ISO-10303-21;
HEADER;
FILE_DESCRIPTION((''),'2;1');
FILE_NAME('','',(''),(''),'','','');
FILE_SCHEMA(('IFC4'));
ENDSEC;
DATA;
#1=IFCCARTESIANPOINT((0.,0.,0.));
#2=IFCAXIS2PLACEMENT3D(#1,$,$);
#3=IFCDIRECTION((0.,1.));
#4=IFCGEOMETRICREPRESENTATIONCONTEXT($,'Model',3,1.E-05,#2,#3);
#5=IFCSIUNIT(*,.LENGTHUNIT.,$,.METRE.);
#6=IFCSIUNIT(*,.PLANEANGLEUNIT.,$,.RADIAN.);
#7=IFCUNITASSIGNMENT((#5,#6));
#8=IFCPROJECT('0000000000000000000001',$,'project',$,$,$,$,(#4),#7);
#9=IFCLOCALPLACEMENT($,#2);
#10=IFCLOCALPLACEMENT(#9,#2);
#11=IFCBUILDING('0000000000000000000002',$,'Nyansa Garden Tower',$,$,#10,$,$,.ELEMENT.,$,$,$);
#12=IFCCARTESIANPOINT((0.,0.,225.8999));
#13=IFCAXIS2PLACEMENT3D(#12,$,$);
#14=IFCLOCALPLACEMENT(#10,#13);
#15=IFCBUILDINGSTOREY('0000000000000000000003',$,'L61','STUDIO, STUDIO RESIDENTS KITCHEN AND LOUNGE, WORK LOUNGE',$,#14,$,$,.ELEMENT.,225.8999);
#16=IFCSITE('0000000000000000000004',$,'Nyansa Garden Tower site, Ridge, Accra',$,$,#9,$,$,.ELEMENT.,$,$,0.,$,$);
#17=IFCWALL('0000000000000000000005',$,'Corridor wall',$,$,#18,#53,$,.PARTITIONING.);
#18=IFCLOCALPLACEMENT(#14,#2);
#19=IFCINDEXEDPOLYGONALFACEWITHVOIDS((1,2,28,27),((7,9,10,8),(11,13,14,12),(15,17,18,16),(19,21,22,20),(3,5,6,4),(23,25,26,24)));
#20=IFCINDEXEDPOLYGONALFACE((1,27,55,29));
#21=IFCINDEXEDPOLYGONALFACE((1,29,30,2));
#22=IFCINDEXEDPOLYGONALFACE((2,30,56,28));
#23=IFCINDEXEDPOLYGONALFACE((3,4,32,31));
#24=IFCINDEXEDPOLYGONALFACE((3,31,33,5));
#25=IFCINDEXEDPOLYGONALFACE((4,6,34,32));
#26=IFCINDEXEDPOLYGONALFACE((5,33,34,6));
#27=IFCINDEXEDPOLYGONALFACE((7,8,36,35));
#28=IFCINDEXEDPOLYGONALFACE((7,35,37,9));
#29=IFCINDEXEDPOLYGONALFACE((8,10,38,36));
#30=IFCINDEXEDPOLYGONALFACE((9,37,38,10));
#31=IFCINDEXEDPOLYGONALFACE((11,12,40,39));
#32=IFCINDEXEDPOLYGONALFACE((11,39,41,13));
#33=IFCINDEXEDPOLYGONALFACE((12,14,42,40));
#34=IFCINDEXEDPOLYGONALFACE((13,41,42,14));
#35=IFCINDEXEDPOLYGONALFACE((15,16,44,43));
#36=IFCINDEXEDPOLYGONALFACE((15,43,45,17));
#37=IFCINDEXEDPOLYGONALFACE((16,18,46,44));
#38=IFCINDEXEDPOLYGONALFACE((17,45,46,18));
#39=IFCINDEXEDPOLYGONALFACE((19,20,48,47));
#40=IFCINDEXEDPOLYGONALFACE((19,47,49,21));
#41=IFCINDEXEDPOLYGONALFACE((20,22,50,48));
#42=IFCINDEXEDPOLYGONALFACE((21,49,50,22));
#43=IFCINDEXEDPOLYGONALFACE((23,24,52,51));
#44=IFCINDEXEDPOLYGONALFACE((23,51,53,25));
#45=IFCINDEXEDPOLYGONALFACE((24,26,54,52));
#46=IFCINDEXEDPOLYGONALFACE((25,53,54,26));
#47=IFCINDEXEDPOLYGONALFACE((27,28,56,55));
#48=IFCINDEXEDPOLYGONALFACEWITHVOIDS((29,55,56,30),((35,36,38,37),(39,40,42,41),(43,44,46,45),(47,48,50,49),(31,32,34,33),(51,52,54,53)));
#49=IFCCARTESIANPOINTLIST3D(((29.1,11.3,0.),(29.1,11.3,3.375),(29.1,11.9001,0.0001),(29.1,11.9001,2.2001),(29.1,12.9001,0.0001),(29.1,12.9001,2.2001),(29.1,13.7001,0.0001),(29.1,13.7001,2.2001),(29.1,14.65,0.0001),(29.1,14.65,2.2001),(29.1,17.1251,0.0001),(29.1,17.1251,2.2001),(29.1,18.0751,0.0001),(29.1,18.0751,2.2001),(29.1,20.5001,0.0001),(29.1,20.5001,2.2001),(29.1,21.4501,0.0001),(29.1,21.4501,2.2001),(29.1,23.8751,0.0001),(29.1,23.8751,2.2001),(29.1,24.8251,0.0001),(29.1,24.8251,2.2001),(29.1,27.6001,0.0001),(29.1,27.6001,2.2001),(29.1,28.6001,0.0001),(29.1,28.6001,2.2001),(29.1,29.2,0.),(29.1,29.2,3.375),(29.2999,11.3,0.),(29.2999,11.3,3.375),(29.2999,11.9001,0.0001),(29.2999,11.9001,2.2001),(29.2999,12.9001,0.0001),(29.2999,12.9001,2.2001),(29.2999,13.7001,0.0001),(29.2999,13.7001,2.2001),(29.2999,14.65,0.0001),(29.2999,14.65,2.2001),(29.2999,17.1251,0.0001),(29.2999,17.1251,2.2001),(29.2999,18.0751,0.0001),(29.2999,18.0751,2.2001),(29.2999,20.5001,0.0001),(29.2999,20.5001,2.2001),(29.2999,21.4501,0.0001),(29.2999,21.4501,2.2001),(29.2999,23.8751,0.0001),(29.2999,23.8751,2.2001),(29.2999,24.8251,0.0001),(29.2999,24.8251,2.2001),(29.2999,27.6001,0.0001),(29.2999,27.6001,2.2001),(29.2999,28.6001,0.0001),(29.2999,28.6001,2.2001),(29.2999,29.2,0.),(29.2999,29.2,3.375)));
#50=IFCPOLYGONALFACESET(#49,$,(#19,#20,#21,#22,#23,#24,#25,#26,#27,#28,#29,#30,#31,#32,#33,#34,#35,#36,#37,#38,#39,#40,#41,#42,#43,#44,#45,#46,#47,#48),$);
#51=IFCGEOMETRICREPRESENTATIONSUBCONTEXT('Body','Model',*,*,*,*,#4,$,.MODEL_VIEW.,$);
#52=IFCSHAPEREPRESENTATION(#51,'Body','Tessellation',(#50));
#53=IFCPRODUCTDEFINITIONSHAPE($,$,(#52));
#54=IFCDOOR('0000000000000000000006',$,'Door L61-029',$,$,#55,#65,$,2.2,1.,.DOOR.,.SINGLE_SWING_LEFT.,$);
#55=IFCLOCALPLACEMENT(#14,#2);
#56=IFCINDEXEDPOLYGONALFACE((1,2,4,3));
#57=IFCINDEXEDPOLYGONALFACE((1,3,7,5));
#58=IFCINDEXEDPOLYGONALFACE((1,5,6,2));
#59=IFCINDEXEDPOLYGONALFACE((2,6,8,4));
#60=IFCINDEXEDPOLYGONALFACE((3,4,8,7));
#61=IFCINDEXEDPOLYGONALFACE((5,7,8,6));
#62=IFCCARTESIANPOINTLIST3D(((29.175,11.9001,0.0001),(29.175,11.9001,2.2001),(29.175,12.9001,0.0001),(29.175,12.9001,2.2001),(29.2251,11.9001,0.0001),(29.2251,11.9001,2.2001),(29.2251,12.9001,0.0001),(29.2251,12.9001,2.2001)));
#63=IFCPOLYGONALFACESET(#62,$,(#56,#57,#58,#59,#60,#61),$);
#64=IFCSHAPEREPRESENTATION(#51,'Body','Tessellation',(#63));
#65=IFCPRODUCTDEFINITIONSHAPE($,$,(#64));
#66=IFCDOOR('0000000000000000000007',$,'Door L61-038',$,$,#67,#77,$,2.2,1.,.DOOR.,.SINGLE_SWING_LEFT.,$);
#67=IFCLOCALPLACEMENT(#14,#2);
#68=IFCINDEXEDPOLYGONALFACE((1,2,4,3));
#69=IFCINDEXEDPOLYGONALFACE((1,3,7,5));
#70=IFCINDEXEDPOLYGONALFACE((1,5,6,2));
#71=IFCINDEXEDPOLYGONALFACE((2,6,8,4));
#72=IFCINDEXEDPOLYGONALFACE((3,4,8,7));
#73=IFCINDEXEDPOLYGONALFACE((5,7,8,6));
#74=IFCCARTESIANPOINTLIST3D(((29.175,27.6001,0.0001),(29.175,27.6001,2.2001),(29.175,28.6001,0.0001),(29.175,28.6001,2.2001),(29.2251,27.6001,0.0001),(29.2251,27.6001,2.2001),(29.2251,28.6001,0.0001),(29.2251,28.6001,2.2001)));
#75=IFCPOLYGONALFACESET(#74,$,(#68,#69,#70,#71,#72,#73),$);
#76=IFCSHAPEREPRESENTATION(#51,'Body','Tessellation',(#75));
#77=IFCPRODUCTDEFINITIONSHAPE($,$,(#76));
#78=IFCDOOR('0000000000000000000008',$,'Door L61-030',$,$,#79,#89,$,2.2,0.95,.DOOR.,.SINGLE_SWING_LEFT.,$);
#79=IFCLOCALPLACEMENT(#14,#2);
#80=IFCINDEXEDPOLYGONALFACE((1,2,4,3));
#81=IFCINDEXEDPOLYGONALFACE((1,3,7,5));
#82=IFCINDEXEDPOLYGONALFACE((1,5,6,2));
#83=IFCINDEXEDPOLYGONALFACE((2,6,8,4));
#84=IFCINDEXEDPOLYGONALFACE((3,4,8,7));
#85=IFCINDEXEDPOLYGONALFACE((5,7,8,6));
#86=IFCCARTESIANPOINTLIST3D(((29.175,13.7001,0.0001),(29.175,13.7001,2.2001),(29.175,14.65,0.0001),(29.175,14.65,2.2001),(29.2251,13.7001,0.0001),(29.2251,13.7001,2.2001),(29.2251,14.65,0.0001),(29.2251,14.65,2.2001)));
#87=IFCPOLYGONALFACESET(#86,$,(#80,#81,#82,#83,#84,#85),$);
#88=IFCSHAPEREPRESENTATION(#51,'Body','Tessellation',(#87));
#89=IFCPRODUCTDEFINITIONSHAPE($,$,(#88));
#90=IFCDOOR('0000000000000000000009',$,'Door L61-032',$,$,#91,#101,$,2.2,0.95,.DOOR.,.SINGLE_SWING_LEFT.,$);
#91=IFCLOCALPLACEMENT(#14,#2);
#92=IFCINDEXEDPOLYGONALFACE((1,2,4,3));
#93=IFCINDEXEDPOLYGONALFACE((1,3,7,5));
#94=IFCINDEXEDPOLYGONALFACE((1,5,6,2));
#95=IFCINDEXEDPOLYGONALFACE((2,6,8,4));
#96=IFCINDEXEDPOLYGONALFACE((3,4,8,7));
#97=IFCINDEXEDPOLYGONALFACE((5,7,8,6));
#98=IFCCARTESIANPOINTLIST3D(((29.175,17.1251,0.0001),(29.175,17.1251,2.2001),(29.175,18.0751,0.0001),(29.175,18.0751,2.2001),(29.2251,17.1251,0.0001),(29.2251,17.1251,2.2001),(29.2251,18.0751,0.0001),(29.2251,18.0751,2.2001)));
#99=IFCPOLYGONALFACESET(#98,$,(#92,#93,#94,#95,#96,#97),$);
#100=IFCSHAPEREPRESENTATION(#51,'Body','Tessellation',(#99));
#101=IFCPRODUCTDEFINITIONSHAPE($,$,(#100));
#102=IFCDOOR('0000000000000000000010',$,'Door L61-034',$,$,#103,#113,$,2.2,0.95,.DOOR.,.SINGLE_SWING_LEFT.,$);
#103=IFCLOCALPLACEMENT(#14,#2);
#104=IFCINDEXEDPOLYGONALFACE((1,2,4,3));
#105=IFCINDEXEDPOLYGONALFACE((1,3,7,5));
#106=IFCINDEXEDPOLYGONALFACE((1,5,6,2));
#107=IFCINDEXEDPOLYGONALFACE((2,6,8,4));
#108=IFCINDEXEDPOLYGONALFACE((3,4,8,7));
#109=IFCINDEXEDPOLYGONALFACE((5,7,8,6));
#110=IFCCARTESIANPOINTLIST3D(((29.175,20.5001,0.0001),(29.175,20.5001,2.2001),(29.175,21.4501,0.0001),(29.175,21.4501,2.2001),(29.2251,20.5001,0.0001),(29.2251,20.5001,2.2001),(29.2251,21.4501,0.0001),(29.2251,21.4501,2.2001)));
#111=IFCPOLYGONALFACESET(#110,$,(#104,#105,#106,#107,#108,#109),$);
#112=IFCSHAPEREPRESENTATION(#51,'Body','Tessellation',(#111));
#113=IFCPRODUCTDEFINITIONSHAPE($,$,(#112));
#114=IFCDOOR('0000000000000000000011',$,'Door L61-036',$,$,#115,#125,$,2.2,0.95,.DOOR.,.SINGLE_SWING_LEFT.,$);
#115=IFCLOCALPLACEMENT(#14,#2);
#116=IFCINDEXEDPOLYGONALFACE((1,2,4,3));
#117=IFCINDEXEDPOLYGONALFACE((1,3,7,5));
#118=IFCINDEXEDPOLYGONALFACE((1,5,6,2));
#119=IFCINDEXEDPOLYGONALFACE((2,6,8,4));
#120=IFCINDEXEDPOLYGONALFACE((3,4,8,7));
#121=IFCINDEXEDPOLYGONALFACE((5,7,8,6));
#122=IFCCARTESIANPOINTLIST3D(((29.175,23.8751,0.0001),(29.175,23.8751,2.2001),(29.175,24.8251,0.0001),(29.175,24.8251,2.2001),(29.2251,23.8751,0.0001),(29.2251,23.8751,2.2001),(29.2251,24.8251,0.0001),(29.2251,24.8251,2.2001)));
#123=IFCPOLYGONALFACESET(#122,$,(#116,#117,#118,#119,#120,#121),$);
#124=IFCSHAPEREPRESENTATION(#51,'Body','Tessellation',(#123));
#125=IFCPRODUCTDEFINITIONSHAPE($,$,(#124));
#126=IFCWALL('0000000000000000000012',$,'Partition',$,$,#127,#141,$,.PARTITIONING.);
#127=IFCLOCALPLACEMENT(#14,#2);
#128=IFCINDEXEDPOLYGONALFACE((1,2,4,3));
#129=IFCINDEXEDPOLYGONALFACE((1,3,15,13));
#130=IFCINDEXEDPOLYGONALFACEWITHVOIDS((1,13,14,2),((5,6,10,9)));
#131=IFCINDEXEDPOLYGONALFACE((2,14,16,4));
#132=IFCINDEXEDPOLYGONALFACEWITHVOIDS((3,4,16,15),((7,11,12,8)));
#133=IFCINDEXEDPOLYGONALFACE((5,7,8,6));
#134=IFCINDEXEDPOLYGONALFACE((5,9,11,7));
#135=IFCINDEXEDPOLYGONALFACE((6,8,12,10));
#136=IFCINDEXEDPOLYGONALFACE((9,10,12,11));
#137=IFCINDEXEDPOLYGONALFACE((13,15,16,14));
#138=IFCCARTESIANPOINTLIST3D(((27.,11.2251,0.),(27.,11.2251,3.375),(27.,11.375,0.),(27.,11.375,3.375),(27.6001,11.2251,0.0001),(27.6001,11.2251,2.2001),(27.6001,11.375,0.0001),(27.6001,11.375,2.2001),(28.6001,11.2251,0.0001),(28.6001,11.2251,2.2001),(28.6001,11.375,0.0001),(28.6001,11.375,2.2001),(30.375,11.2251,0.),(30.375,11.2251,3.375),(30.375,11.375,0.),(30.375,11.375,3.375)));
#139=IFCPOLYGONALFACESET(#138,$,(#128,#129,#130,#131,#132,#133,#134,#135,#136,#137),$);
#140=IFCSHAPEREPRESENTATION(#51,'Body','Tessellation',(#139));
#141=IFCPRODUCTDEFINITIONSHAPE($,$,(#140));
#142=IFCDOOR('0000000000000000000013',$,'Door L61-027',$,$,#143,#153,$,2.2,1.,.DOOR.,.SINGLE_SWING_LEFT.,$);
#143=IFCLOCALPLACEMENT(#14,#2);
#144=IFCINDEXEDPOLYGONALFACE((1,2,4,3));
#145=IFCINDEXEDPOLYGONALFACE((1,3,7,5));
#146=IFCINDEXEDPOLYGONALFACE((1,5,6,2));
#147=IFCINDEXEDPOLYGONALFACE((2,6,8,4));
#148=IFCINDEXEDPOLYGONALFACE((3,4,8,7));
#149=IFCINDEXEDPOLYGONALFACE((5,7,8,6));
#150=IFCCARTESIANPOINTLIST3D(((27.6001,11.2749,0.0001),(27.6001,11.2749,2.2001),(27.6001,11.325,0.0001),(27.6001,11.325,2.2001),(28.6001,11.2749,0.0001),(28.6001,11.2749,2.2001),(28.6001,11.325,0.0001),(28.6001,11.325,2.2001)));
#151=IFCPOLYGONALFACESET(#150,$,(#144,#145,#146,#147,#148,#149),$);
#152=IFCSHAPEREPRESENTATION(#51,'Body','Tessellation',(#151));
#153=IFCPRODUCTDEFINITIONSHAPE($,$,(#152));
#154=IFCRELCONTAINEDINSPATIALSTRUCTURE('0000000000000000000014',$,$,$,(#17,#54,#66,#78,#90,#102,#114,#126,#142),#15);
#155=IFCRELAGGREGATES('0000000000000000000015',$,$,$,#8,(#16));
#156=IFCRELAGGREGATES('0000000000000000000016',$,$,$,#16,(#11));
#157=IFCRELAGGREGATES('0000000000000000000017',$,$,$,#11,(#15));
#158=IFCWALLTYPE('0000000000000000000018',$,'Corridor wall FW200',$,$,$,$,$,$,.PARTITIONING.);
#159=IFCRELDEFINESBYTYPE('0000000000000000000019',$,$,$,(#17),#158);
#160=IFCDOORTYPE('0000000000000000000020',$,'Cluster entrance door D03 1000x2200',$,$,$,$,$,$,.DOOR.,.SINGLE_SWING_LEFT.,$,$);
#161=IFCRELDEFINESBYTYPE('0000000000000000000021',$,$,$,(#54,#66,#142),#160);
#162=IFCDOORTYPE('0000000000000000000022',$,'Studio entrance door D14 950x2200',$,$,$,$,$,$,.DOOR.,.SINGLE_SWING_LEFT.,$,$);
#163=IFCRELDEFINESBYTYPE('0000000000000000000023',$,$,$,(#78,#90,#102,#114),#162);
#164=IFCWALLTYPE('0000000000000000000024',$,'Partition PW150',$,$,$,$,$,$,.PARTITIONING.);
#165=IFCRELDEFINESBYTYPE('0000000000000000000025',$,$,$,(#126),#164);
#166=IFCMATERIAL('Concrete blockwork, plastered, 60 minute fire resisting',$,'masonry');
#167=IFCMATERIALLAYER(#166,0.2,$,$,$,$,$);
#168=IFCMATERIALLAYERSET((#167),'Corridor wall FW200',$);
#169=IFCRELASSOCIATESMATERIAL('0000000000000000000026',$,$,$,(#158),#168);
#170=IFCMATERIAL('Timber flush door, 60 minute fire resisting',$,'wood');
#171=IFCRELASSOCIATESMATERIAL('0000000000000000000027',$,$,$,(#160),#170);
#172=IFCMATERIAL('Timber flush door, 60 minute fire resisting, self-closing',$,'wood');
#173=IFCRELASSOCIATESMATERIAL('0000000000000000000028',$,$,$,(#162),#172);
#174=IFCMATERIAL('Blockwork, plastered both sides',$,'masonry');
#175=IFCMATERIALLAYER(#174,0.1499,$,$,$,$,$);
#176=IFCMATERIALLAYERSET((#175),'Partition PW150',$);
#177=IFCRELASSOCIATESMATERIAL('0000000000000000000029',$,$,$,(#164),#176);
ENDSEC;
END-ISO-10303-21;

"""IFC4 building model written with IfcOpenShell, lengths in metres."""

from ifc_helpers import new_model, si_unit, direction, frame, frame_2d, origin, place, context, subcontext, project, spatial, rectangle, extrude, material, layer, layer_set, type_object, element, fill, save


model = new_model("IFC4")

# Units and contexts
model_context = context("Model", 3, precision=1e-05, world=origin(), true_north=direction((0.0, 1.0)))
body_context = subcontext(model_context, "Body", "Model", "MODEL_VIEW")
ifc_project = project(units=[si_unit("LENGTHUNIT", "METRE"), si_unit("PLANEANGLEUNIT", "RADIAN")], contexts=[model_context])

# Site, building, storey
site_placement = place(None, origin())
site = spatial("IfcSite", under=ifc_project, at=site_placement, Name="Nyansa Garden Tower site, Ridge, Accra", CompositionType="ELEMENT", RefElevation=0.0)
building_placement = place(site_placement, origin())
building = spatial("IfcBuilding", under=site, at=building_placement, Name="Nyansa Garden Tower", CompositionType="ELEMENT")
storey_placement = place(building_placement, frame((0.0, 0.0, 225.8999)))
storey = spatial("IfcBuildingStorey", under=building, at=storey_placement, Name="L61", Description="STUDIO, STUDIO RESIDENTS KITCHEN AND LOUNGE, WORK LOUNGE", CompositionType="ELEMENT", Elevation=225.8999)

# Wall, openings, doors
ifc_material_1 = material(Name="Concrete blockwork, plastered, 60 minute fire resisting", Category="masonry")
ifc_layer_1 = layer(ifc_material_1, 0.2)
ifc_layer_set_1 = layer_set([ifc_layer_1], Name="Corridor wall FW200")
wall_type_1 = type_object("IfcWallType", Name="Corridor wall FW200", PredefinedType="PARTITIONING", material=ifc_layer_set_1)
wall_1_placement = place(storey_placement, frame((29.2, 11.3, 0.0), z_axis=(0.0, 0.0, 1.0), x_axis=(0.0, 1.0, 0.0)))
wall_1 = element("IfcWall", 1, at=wall_1_placement, inside=storey, type_object=wall_type_1, Name="Corridor wall", PredefinedType="PARTITIONING", context=body_context, shape_type="SweptSolid", body=[
    extrude(rectangle(XDim=17.8999, YDim=0.2, at=frame_2d((8.95, 0.0))), origin(), (0.0, 0.0, 1.0), 3.375),
])
opening_1_placement = place(wall_1_placement, frame((0.6001, 0.0, 0.0)))
opening_1 = element("IfcOpeningElement", 2, at=opening_1_placement, cuts=wall_1, PredefinedType="OPENING", context=body_context, shape_type="SweptSolid", body=[
    extrude(rectangle(XDim=1.0, YDim=2.2, at=frame_2d((0.5, 1.1001))), frame((0.0, 0.1099, 0.0), z_axis=(0.0, -1.0, 0.0), x_axis=(1.0, 0.0, 0.0)), (0.0, 0.0, 1.0), 0.22),
])
opening_2_placement = place(wall_1_placement, frame((2.3999, 0.0, 0.0)))
opening_2 = element("IfcOpeningElement", 3, at=opening_2_placement, cuts=wall_1, PredefinedType="OPENING", context=body_context, shape_type="SweptSolid", body=[
    extrude(rectangle(XDim=0.95, YDim=2.2, at=frame_2d((0.4751, 1.1001))), frame((0.0, 0.1099, 0.0), z_axis=(0.0, -1.0, 0.0), x_axis=(1.0, 0.0, 0.0)), (0.0, 0.0, 1.0), 0.22),
])
opening_3_placement = place(wall_1_placement, frame((5.825, 0.0, 0.0)))
opening_3 = element("IfcOpeningElement", 4, at=opening_3_placement, cuts=wall_1, PredefinedType="OPENING", context=body_context, shape_type="SweptSolid", body=[
    extrude(rectangle(XDim=0.95, YDim=2.2, at=frame_2d((0.4751, 1.1001))), frame((0.0, 0.1099, 0.0), z_axis=(0.0, -1.0, 0.0), x_axis=(1.0, 0.0, 0.0)), (0.0, 0.0, 1.0), 0.22),
])
opening_4_placement = place(wall_1_placement, frame((9.2, 0.0, 0.0)))
opening_4 = element("IfcOpeningElement", 5, at=opening_4_placement, cuts=wall_1, PredefinedType="OPENING", context=body_context, shape_type="SweptSolid", body=[
    extrude(rectangle(XDim=0.95, YDim=2.2, at=frame_2d((0.4751, 1.1001))), frame((0.0, 0.1099, 0.0), z_axis=(0.0, -1.0, 0.0), x_axis=(1.0, 0.0, 0.0)), (0.0, 0.0, 1.0), 0.22),
])
opening_5_placement = place(wall_1_placement, frame((12.575, 0.0, 0.0)))
opening_5 = element("IfcOpeningElement", 6, at=opening_5_placement, cuts=wall_1, PredefinedType="OPENING", context=body_context, shape_type="SweptSolid", body=[
    extrude(rectangle(XDim=0.95, YDim=2.2, at=frame_2d((0.4751, 1.1001))), frame((0.0, 0.1099, 0.0), z_axis=(0.0, -1.0, 0.0), x_axis=(1.0, 0.0, 0.0)), (0.0, 0.0, 1.0), 0.22),
])
opening_6_placement = place(wall_1_placement, frame((16.3, 0.0, 0.0)))
opening_6 = element("IfcOpeningElement", 7, at=opening_6_placement, cuts=wall_1, PredefinedType="OPENING", context=body_context, shape_type="SweptSolid", body=[
    extrude(rectangle(XDim=1.0, YDim=2.2, at=frame_2d((0.5, 1.1001))), frame((0.0, 0.1099, 0.0), z_axis=(0.0, -1.0, 0.0), x_axis=(1.0, 0.0, 0.0)), (0.0, 0.0, 1.0), 0.22),
])
ifc_material_2 = material(Name="Timber flush door, 60 minute fire resisting", Category="wood")
door_type_1 = type_object("IfcDoorType", Name="Cluster entrance door D03 1000x2200", OperationType="SINGLE_SWING_LEFT", PredefinedType="DOOR", material=ifc_material_2)
door_1_placement = place(opening_1_placement, origin())
door_1 = element("IfcDoor", 8, at=door_1_placement, inside=storey, type_object=door_type_1, Name="Door L61-029", OperationType="SINGLE_SWING_LEFT", OverallHeight=2.2, OverallWidth=1.0, PredefinedType="DOOR", context=body_context, shape_type="SweptSolid", body=[
    extrude(rectangle(XDim=1.0, YDim=2.2, at=frame_2d((0.5, 1.1001))), frame((0.0, 0.0249, 0.0), z_axis=(0.0, -1.0, 0.0), x_axis=(1.0, 0.0, 0.0)), (0.0, 0.0, 1.0), 0.05),
])
fill(opening_1, door_1)
door_2_placement = place(opening_6_placement, origin())
door_2 = element("IfcDoor", 9, at=door_2_placement, inside=storey, type_object=door_type_1, Name="Door L61-038", OperationType="SINGLE_SWING_LEFT", OverallHeight=2.2, OverallWidth=1.0, PredefinedType="DOOR", context=body_context, shape_type="SweptSolid", body=[
    extrude(rectangle(XDim=1.0, YDim=2.2, at=frame_2d((0.5, 1.1001))), frame((0.0, 0.0249, 0.0), z_axis=(0.0, -1.0, 0.0), x_axis=(1.0, 0.0, 0.0)), (0.0, 0.0, 1.0), 0.05),
])
fill(opening_6, door_2)
ifc_material_3 = material(Name="Timber flush door, 60 minute fire resisting, self-closing", Category="wood")
door_type_2 = type_object("IfcDoorType", Name="Studio entrance door D14 950x2200", OperationType="SINGLE_SWING_LEFT", PredefinedType="DOOR", material=ifc_material_3)
door_3_placement = place(opening_2_placement, origin())
door_3 = element("IfcDoor", 10, at=door_3_placement, inside=storey, type_object=door_type_2, Name="Door L61-030", OperationType="SINGLE_SWING_LEFT", OverallHeight=2.2, OverallWidth=0.95, PredefinedType="DOOR", context=body_context, shape_type="SweptSolid", body=[
    extrude(rectangle(XDim=0.95, YDim=2.2, at=frame_2d((0.4751, 1.1001))), frame((0.0, 0.0249, 0.0), z_axis=(0.0, -1.0, 0.0), x_axis=(1.0, 0.0, 0.0)), (0.0, 0.0, 1.0), 0.05),
])
fill(opening_2, door_3)
door_4_placement = place(opening_3_placement, origin())
door_4 = element("IfcDoor", 11, at=door_4_placement, inside=storey, type_object=door_type_2, Name="Door L61-032", OperationType="SINGLE_SWING_LEFT", OverallHeight=2.2, OverallWidth=0.95, PredefinedType="DOOR", context=body_context, shape_type="SweptSolid", body=[
    extrude(rectangle(XDim=0.95, YDim=2.2, at=frame_2d((0.4751, 1.1001))), frame((0.0, 0.0249, 0.0), z_axis=(0.0, -1.0, 0.0), x_axis=(1.0, 0.0, 0.0)), (0.0, 0.0, 1.0), 0.05),
])
fill(opening_3, door_4)
door_5_placement = place(opening_4_placement, origin())
door_5 = element("IfcDoor", 12, at=door_5_placement, inside=storey, type_object=door_type_2, Name="Door L61-034", OperationType="SINGLE_SWING_LEFT", OverallHeight=2.2, OverallWidth=0.95, PredefinedType="DOOR", context=body_context, shape_type="SweptSolid", body=[
    extrude(rectangle(XDim=0.95, YDim=2.2, at=frame_2d((0.4751, 1.1001))), frame((0.0, 0.0249, 0.0), z_axis=(0.0, -1.0, 0.0), x_axis=(1.0, 0.0, 0.0)), (0.0, 0.0, 1.0), 0.05),
])
fill(opening_4, door_5)
door_6_placement = place(opening_5_placement, origin())
door_6 = element("IfcDoor", 13, at=door_6_placement, inside=storey, type_object=door_type_2, Name="Door L61-036", OperationType="SINGLE_SWING_LEFT", OverallHeight=2.2, OverallWidth=0.95, PredefinedType="DOOR", context=body_context, shape_type="SweptSolid", body=[
    extrude(rectangle(XDim=0.95, YDim=2.2, at=frame_2d((0.4751, 1.1001))), frame((0.0, 0.0249, 0.0), z_axis=(0.0, -1.0, 0.0), x_axis=(1.0, 0.0, 0.0)), (0.0, 0.0, 1.0), 0.05),
])
fill(opening_5, door_6)

# Wall, opening, door
ifc_material_4 = material(Name="Blockwork, plastered both sides", Category="masonry")
ifc_layer_2 = layer(ifc_material_4, 0.1499)
ifc_layer_set_2 = layer_set([ifc_layer_2], Name="Partition PW150")
wall_type_2 = type_object("IfcWallType", Name="Partition PW150", PredefinedType="PARTITIONING", material=ifc_layer_set_2)
wall_2_placement = place(storey_placement, frame((27.0, 11.3, 0.0), z_axis=(0.0, 0.0, 1.0), x_axis=(1.0, 0.0, 0.0)))
wall_2 = element("IfcWall", 14, at=wall_2_placement, inside=storey, type_object=wall_type_2, Name="Partition", PredefinedType="PARTITIONING", context=body_context, shape_type="SweptSolid", body=[
    extrude(rectangle(XDim=3.375, YDim=0.1499, at=frame_2d((1.6875, 0.0))), origin(), (0.0, 0.0, 1.0), 3.375),
])
opening_7_placement = place(wall_2_placement, frame((0.6001, 0.0, 0.0)))
opening_7 = element("IfcOpeningElement", 15, at=opening_7_placement, cuts=wall_2, PredefinedType="OPENING", context=body_context, shape_type="SweptSolid", body=[
    extrude(rectangle(XDim=1.0, YDim=2.2, at=frame_2d((0.5, 1.1001))), frame((0.0, 0.085, 0.0), z_axis=(0.0, -1.0, 0.0), x_axis=(1.0, 0.0, 0.0)), (0.0, 0.0, 1.0), 0.1699),
])
door_7_placement = place(opening_7_placement, origin())
door_7 = element("IfcDoor", 16, at=door_7_placement, inside=storey, type_object=door_type_1, Name="Door L61-027", OperationType="SINGLE_SWING_LEFT", OverallHeight=2.2, OverallWidth=1.0, PredefinedType="DOOR", context=body_context, shape_type="SweptSolid", body=[
    extrude(rectangle(XDim=1.0, YDim=2.2, at=frame_2d((0.5, 1.1001))), frame((0.0, 0.0249, 0.0), z_axis=(0.0, -1.0, 0.0), x_axis=(1.0, 0.0, 0.0)), (0.0, 0.0, 1.0), 0.05),
])
fill(opening_7, door_7)

save(model, "model.ifc")
